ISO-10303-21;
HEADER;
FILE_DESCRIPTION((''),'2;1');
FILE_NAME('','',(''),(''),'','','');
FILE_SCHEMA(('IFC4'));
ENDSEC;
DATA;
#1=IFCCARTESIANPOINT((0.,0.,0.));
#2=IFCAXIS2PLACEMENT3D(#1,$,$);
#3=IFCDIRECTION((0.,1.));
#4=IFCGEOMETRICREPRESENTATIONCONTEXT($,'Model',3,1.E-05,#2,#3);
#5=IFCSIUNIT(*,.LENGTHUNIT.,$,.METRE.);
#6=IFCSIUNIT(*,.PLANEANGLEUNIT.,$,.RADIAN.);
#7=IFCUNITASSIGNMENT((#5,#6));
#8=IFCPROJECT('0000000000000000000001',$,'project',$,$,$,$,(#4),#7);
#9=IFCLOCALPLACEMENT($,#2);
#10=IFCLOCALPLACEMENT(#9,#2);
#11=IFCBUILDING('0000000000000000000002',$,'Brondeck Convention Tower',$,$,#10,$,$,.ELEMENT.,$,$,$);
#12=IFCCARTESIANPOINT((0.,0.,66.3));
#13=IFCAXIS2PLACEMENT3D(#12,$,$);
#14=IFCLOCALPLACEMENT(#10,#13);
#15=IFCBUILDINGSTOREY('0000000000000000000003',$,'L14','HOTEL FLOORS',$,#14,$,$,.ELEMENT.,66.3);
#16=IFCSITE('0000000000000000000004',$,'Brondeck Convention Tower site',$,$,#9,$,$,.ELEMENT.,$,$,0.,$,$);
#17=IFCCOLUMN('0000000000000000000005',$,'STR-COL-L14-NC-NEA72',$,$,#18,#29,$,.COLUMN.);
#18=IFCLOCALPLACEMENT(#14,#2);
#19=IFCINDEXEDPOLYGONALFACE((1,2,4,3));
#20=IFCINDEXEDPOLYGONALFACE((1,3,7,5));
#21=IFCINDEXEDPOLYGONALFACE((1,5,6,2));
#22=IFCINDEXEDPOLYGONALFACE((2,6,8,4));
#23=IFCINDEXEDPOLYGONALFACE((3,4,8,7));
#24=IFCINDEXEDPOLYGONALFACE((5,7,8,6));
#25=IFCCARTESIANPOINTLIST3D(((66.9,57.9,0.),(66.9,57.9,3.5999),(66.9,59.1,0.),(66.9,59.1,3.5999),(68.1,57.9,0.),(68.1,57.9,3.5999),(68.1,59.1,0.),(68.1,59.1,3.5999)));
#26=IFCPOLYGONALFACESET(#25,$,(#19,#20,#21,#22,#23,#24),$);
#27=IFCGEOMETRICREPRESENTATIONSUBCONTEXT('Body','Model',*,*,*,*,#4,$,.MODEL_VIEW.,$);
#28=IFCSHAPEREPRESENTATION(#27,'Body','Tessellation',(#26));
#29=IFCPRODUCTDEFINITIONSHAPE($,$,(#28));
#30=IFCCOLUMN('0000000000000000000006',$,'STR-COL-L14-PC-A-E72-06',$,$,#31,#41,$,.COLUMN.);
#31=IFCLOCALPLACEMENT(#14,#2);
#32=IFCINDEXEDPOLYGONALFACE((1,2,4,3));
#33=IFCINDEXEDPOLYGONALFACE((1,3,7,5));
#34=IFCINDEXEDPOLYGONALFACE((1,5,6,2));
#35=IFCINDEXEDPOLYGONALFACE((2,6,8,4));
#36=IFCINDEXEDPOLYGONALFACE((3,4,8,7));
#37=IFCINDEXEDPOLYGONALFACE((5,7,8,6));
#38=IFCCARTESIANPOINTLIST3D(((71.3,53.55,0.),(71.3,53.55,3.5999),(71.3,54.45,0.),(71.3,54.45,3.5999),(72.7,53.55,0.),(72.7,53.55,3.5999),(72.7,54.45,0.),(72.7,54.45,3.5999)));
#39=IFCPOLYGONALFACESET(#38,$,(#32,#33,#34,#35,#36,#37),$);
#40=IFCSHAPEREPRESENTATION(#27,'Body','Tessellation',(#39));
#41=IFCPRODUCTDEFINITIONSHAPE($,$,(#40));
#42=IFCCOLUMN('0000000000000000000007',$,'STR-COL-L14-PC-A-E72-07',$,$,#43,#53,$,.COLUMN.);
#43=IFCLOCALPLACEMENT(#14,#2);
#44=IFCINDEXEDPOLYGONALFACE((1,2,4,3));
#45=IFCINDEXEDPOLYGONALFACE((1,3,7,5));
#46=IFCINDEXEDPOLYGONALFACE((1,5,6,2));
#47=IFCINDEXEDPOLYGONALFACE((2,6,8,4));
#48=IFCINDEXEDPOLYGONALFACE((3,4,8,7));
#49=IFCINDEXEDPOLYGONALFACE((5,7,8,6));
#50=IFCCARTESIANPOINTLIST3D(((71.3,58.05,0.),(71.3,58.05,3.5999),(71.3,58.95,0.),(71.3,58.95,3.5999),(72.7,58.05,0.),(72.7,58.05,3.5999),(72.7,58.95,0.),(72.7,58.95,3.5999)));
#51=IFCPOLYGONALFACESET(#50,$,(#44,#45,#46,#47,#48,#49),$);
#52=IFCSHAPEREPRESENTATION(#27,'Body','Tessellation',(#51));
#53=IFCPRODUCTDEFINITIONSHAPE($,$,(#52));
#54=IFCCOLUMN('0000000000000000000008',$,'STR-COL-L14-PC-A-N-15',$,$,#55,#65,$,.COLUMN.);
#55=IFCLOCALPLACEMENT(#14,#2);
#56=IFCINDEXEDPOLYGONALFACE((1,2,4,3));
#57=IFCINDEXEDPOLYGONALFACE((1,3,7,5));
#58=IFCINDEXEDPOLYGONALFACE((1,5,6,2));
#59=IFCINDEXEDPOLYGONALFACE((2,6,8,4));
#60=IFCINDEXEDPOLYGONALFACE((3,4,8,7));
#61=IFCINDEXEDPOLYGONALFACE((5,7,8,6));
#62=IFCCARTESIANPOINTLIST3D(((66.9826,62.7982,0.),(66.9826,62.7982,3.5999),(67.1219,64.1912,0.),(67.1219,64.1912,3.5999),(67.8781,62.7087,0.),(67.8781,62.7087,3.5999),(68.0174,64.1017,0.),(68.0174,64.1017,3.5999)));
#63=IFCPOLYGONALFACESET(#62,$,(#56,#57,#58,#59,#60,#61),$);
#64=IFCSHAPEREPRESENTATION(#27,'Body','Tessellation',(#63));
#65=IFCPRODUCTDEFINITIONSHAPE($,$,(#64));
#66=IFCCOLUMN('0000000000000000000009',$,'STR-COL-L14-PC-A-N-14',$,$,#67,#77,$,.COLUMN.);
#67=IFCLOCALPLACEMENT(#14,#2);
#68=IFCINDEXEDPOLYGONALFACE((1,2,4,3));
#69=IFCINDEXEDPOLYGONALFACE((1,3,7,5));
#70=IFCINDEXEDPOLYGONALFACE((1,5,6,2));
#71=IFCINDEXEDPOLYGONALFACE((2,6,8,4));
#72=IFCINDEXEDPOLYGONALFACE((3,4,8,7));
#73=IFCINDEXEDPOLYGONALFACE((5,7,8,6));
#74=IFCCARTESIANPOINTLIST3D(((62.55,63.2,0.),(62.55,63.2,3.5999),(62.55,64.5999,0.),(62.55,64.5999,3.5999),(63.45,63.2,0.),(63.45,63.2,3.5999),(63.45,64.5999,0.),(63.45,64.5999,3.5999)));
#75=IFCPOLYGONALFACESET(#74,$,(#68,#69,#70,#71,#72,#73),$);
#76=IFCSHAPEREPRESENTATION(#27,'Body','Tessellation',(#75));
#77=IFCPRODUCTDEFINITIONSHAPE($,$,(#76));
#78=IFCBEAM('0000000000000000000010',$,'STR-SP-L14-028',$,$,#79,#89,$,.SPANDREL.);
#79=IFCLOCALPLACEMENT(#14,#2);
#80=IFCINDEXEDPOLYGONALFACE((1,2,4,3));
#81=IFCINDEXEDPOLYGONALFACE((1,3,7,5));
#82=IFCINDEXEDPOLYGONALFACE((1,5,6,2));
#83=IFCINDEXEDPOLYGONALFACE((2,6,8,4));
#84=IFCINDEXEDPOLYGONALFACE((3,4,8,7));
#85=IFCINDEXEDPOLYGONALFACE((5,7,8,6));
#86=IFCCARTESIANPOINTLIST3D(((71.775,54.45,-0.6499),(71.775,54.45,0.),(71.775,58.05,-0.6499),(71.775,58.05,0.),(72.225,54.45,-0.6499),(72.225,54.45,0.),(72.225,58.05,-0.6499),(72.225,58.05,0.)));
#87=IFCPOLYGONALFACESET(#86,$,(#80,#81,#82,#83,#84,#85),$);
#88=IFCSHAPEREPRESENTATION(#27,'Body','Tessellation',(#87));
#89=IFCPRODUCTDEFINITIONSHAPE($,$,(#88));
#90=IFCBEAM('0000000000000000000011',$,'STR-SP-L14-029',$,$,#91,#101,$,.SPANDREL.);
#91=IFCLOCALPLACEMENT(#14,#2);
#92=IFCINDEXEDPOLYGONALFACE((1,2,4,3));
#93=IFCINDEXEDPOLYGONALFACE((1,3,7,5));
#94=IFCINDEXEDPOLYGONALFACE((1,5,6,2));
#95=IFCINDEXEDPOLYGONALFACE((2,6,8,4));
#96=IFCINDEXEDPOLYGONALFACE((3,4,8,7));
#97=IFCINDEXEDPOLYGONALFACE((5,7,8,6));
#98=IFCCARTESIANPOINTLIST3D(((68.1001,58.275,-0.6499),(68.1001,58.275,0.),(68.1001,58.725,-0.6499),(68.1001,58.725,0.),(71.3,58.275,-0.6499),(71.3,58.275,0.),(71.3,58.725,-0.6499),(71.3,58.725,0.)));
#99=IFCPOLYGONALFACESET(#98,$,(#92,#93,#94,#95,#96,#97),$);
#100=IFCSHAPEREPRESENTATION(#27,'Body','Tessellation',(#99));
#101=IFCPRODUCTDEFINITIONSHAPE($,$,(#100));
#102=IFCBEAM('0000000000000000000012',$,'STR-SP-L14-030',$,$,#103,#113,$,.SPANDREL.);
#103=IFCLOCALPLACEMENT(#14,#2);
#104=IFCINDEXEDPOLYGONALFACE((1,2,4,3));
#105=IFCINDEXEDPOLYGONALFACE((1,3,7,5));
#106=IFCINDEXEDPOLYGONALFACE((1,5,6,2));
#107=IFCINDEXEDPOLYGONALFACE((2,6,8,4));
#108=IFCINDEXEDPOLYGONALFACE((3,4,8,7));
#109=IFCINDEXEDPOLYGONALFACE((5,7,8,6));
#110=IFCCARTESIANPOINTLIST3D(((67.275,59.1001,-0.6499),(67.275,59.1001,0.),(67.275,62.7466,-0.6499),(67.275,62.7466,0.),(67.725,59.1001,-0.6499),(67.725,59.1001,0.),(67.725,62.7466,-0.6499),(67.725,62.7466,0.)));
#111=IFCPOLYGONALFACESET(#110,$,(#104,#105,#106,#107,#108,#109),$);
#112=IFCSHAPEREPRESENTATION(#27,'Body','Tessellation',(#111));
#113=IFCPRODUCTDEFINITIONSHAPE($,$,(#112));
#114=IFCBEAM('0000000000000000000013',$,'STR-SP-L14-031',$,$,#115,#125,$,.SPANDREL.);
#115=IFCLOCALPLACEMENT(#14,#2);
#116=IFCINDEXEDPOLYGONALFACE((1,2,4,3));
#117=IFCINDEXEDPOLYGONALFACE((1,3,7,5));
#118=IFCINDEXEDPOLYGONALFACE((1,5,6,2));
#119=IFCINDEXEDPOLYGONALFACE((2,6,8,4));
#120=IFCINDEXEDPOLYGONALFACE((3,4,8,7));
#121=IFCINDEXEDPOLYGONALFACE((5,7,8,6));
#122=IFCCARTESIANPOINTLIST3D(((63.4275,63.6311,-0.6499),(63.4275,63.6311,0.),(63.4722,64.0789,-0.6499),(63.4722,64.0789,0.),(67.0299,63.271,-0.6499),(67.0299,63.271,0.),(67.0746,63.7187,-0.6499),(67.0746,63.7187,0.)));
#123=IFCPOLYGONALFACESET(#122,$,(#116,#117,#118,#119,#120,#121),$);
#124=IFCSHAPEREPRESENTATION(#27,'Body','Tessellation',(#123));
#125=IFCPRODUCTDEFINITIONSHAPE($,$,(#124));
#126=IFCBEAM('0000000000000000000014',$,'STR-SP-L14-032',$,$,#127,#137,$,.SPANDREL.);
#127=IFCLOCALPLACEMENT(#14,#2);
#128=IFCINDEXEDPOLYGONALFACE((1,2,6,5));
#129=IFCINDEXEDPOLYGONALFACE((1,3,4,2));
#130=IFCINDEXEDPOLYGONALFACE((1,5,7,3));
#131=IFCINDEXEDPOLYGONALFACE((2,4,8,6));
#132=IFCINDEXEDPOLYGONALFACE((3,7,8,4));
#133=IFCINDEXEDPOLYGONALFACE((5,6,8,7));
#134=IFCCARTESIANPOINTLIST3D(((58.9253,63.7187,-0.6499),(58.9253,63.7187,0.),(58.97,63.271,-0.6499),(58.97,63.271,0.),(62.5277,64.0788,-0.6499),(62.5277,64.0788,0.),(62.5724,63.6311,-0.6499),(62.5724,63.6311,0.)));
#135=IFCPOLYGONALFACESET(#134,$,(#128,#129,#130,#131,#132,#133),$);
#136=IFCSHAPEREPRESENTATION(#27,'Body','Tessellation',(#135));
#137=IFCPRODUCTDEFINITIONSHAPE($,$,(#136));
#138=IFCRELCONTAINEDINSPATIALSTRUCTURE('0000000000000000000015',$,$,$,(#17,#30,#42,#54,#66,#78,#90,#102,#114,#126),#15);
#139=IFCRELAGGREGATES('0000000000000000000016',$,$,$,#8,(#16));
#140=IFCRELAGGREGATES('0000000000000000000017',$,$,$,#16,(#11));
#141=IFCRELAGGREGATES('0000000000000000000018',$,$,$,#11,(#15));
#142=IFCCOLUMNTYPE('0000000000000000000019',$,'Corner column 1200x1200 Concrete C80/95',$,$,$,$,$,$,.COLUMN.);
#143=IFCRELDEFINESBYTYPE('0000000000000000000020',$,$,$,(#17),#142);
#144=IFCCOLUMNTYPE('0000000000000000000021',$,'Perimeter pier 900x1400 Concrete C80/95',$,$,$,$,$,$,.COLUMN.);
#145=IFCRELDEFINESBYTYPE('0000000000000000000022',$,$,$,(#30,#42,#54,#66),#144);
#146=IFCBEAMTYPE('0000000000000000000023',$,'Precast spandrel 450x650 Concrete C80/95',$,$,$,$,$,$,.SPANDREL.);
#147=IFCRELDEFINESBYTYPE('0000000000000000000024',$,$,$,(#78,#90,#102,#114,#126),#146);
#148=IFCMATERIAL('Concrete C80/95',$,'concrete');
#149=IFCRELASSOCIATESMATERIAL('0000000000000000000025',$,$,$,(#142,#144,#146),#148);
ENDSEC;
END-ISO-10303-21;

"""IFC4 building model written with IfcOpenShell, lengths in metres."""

from ifc_helpers import new_model, si_unit, direction, frame, origin, origin_2d, place, context, subcontext, project, spatial, rectangle, extrude, material, material_profile, profile_set, type_object, element, save


model = new_model("IFC4")

# Units and contexts
model_context = context("Model", 3, precision=1e-05, world=origin(), true_north=direction((0.0, 1.0)))
body_context = subcontext(model_context, "Body", "Model", "MODEL_VIEW")
ifc_project = project(units=[si_unit("LENGTHUNIT", "METRE"), si_unit("PLANEANGLEUNIT", "RADIAN")], contexts=[model_context])

# Site, building, storey
site_placement = place(None, origin())
site = spatial("IfcSite", under=ifc_project, at=site_placement, Name="Brondeck Convention Tower site", CompositionType="ELEMENT", RefElevation=0.0)
building_placement = place(site_placement, origin())
building = spatial("IfcBuilding", under=site, at=building_placement, Name="Brondeck Convention Tower", CompositionType="ELEMENT")
storey_placement = place(building_placement, frame((0.0, 0.0, 66.3)))
storey = spatial("IfcBuildingStorey", under=building, at=storey_placement, Name="L14", Description="HOTEL FLOORS", CompositionType="ELEMENT", Elevation=66.3)

# Columns
ifc_material_1 = material(Name="Concrete C80/95", Category="concrete")
ifc_material_profile_1 = material_profile(ifc_material_1, rectangle(XDim=1.2, YDim=1.2, at=origin_2d()), Name="Corner column 1200x1200 Concrete C80/95")
ifc_profile_set_1 = profile_set([ifc_material_profile_1], Name="Concrete C80/95")
column_type_1 = type_object("IfcColumnType", Name="Corner column 1200x1200 Concrete C80/95", PredefinedType="COLUMN", material=ifc_profile_set_1)
column_placement = place(storey_placement, frame((67.5, 58.5, 0.0), z_axis=(0.0, 0.0, 1.0), x_axis=(1.0, 0.0, 0.0)))
element("IfcColumn", 1, at=column_placement, inside=storey, type_object=column_type_1, Name="STR-COL-L14-NC-NEA72", PredefinedType="COLUMN", context=body_context, shape_type="SweptSolid", body=[
    extrude(rectangle(XDim=1.2, YDim=1.2, at=origin_2d()), origin(), (0.0, 0.0, 1.0), 3.5999),
])
ifc_material_profile_2 = material_profile(ifc_material_1, rectangle(XDim=0.8999, YDim=1.3999, at=origin_2d()), Name="Perimeter pier 900x1400 Concrete C80/95")
ifc_profile_set_2 = profile_set([ifc_material_profile_2], Name="Concrete C80/95")
column_type_2 = type_object("IfcColumnType", Name="Perimeter pier 900x1400 Concrete C80/95", PredefinedType="COLUMN", material=ifc_profile_set_2)
for number, where, z_axis, x_axis, name in (
    (2, (72.0, 54.0, 0.0), (0.0, 0.0, 1.0), (0.0, 1.0, 0.0), "STR-COL-L14-PC-A-E72-06"),
    (3, (72.0, 58.5, 0.0), (0.0, 0.0, 1.0), (0.0, 1.0, 0.0), "STR-COL-L14-PC-A-E72-07"),
    (4, (67.5, 63.45, 0.0), (0.0, 0.0, 1.0), (-0.995037, 0.099504, 0.0), "STR-COL-L14-PC-A-N-15"),
    (5, (63.0, 63.8999, 0.0), (0.0, 0.0, 1.0), (-1.0, 0.0, 0.0), "STR-COL-L14-PC-A-N-14"),
):
    element("IfcColumn", number, at=place(storey_placement, frame(where, z_axis=z_axis, x_axis=x_axis)), inside=storey, type_object=column_type_2, Name=name, PredefinedType="COLUMN", context=body_context, shape_type="SweptSolid", body=[
        extrude(rectangle(XDim=0.8999, YDim=1.3999, at=origin_2d()), origin(), (0.0, 0.0, 1.0), 3.5999),
    ])

# Beams
ifc_material_profile_3 = material_profile(ifc_material_1, rectangle(XDim=0.45, YDim=0.6499, at=origin_2d()), Name="Precast spandrel 450x650 Concrete C80/95")
ifc_profile_set_3 = profile_set([ifc_material_profile_3], Name="Concrete C80/95")
beam_type = type_object("IfcBeamType", Name="Precast spandrel 450x650 Concrete C80/95", PredefinedType="SPANDREL", material=ifc_profile_set_3)
beam_1_placement = place(storey_placement, frame((72.0, 54.45, -0.325), z_axis=(0.0, 1.0, 0.0), x_axis=(-1.0, 0.0, 0.0)))
element("IfcBeam", 6, at=beam_1_placement, inside=storey, type_object=beam_type, Name="STR-SP-L14-028", PredefinedType="SPANDREL", context=body_context, shape_type="SweptSolid", body=[
    extrude(rectangle(XDim=0.45, YDim=0.6499, at=origin_2d()), origin(), (0.0, 0.0, 1.0), 3.6001),
])
beam_2_placement = place(storey_placement, frame((71.3, 58.5, -0.325), z_axis=(-1.0, 0.0, 0.0), x_axis=(0.0, -1.0, 0.0)))
element("IfcBeam", 7, at=beam_2_placement, inside=storey, type_object=beam_type, Name="STR-SP-L14-029", PredefinedType="SPANDREL", context=body_context, shape_type="SweptSolid", body=[
    extrude(rectangle(XDim=0.45, YDim=0.6499, at=origin_2d()), origin(), (0.0, 0.0, 1.0), 3.2),
])
beam_3_placement = place(storey_placement, frame((67.5, 59.1001, -0.325), z_axis=(0.0, 1.0, 0.0), x_axis=(-1.0, 0.0, 0.0)))
element("IfcBeam", 8, at=beam_3_placement, inside=storey, type_object=beam_type, Name="STR-SP-L14-030", PredefinedType="SPANDREL", context=body_context, shape_type="SweptSolid", body=[
    extrude(rectangle(XDim=0.45, YDim=0.6499, at=origin_2d()), origin(), (0.0, 0.0, 1.0), 3.6465),
])
for number, where, z_axis, x_axis, name in (
    (9, (67.0522, 63.4949, -0.325), (-0.995041, 0.09947, 0.0), (-0.09947, -0.995041, 0.0), "STR-SP-L14-031"),
    (10, (62.55, 63.855, -0.325), (-0.995041, -0.09947, 0.0), (0.09947, -0.995041, 0.0), "STR-SP-L14-032"),
):
    element("IfcBeam", number, at=place(storey_placement, frame(where, z_axis=z_axis, x_axis=x_axis)), inside=storey, type_object=beam_type, Name=name, PredefinedType="SPANDREL", context=body_context, shape_type="SweptSolid", body=[
        extrude(rectangle(XDim=0.45, YDim=0.6499, at=origin_2d()), origin(), (0.0, 0.0, 1.0), 3.6204),
    ])

save(model, "model.ifc")
